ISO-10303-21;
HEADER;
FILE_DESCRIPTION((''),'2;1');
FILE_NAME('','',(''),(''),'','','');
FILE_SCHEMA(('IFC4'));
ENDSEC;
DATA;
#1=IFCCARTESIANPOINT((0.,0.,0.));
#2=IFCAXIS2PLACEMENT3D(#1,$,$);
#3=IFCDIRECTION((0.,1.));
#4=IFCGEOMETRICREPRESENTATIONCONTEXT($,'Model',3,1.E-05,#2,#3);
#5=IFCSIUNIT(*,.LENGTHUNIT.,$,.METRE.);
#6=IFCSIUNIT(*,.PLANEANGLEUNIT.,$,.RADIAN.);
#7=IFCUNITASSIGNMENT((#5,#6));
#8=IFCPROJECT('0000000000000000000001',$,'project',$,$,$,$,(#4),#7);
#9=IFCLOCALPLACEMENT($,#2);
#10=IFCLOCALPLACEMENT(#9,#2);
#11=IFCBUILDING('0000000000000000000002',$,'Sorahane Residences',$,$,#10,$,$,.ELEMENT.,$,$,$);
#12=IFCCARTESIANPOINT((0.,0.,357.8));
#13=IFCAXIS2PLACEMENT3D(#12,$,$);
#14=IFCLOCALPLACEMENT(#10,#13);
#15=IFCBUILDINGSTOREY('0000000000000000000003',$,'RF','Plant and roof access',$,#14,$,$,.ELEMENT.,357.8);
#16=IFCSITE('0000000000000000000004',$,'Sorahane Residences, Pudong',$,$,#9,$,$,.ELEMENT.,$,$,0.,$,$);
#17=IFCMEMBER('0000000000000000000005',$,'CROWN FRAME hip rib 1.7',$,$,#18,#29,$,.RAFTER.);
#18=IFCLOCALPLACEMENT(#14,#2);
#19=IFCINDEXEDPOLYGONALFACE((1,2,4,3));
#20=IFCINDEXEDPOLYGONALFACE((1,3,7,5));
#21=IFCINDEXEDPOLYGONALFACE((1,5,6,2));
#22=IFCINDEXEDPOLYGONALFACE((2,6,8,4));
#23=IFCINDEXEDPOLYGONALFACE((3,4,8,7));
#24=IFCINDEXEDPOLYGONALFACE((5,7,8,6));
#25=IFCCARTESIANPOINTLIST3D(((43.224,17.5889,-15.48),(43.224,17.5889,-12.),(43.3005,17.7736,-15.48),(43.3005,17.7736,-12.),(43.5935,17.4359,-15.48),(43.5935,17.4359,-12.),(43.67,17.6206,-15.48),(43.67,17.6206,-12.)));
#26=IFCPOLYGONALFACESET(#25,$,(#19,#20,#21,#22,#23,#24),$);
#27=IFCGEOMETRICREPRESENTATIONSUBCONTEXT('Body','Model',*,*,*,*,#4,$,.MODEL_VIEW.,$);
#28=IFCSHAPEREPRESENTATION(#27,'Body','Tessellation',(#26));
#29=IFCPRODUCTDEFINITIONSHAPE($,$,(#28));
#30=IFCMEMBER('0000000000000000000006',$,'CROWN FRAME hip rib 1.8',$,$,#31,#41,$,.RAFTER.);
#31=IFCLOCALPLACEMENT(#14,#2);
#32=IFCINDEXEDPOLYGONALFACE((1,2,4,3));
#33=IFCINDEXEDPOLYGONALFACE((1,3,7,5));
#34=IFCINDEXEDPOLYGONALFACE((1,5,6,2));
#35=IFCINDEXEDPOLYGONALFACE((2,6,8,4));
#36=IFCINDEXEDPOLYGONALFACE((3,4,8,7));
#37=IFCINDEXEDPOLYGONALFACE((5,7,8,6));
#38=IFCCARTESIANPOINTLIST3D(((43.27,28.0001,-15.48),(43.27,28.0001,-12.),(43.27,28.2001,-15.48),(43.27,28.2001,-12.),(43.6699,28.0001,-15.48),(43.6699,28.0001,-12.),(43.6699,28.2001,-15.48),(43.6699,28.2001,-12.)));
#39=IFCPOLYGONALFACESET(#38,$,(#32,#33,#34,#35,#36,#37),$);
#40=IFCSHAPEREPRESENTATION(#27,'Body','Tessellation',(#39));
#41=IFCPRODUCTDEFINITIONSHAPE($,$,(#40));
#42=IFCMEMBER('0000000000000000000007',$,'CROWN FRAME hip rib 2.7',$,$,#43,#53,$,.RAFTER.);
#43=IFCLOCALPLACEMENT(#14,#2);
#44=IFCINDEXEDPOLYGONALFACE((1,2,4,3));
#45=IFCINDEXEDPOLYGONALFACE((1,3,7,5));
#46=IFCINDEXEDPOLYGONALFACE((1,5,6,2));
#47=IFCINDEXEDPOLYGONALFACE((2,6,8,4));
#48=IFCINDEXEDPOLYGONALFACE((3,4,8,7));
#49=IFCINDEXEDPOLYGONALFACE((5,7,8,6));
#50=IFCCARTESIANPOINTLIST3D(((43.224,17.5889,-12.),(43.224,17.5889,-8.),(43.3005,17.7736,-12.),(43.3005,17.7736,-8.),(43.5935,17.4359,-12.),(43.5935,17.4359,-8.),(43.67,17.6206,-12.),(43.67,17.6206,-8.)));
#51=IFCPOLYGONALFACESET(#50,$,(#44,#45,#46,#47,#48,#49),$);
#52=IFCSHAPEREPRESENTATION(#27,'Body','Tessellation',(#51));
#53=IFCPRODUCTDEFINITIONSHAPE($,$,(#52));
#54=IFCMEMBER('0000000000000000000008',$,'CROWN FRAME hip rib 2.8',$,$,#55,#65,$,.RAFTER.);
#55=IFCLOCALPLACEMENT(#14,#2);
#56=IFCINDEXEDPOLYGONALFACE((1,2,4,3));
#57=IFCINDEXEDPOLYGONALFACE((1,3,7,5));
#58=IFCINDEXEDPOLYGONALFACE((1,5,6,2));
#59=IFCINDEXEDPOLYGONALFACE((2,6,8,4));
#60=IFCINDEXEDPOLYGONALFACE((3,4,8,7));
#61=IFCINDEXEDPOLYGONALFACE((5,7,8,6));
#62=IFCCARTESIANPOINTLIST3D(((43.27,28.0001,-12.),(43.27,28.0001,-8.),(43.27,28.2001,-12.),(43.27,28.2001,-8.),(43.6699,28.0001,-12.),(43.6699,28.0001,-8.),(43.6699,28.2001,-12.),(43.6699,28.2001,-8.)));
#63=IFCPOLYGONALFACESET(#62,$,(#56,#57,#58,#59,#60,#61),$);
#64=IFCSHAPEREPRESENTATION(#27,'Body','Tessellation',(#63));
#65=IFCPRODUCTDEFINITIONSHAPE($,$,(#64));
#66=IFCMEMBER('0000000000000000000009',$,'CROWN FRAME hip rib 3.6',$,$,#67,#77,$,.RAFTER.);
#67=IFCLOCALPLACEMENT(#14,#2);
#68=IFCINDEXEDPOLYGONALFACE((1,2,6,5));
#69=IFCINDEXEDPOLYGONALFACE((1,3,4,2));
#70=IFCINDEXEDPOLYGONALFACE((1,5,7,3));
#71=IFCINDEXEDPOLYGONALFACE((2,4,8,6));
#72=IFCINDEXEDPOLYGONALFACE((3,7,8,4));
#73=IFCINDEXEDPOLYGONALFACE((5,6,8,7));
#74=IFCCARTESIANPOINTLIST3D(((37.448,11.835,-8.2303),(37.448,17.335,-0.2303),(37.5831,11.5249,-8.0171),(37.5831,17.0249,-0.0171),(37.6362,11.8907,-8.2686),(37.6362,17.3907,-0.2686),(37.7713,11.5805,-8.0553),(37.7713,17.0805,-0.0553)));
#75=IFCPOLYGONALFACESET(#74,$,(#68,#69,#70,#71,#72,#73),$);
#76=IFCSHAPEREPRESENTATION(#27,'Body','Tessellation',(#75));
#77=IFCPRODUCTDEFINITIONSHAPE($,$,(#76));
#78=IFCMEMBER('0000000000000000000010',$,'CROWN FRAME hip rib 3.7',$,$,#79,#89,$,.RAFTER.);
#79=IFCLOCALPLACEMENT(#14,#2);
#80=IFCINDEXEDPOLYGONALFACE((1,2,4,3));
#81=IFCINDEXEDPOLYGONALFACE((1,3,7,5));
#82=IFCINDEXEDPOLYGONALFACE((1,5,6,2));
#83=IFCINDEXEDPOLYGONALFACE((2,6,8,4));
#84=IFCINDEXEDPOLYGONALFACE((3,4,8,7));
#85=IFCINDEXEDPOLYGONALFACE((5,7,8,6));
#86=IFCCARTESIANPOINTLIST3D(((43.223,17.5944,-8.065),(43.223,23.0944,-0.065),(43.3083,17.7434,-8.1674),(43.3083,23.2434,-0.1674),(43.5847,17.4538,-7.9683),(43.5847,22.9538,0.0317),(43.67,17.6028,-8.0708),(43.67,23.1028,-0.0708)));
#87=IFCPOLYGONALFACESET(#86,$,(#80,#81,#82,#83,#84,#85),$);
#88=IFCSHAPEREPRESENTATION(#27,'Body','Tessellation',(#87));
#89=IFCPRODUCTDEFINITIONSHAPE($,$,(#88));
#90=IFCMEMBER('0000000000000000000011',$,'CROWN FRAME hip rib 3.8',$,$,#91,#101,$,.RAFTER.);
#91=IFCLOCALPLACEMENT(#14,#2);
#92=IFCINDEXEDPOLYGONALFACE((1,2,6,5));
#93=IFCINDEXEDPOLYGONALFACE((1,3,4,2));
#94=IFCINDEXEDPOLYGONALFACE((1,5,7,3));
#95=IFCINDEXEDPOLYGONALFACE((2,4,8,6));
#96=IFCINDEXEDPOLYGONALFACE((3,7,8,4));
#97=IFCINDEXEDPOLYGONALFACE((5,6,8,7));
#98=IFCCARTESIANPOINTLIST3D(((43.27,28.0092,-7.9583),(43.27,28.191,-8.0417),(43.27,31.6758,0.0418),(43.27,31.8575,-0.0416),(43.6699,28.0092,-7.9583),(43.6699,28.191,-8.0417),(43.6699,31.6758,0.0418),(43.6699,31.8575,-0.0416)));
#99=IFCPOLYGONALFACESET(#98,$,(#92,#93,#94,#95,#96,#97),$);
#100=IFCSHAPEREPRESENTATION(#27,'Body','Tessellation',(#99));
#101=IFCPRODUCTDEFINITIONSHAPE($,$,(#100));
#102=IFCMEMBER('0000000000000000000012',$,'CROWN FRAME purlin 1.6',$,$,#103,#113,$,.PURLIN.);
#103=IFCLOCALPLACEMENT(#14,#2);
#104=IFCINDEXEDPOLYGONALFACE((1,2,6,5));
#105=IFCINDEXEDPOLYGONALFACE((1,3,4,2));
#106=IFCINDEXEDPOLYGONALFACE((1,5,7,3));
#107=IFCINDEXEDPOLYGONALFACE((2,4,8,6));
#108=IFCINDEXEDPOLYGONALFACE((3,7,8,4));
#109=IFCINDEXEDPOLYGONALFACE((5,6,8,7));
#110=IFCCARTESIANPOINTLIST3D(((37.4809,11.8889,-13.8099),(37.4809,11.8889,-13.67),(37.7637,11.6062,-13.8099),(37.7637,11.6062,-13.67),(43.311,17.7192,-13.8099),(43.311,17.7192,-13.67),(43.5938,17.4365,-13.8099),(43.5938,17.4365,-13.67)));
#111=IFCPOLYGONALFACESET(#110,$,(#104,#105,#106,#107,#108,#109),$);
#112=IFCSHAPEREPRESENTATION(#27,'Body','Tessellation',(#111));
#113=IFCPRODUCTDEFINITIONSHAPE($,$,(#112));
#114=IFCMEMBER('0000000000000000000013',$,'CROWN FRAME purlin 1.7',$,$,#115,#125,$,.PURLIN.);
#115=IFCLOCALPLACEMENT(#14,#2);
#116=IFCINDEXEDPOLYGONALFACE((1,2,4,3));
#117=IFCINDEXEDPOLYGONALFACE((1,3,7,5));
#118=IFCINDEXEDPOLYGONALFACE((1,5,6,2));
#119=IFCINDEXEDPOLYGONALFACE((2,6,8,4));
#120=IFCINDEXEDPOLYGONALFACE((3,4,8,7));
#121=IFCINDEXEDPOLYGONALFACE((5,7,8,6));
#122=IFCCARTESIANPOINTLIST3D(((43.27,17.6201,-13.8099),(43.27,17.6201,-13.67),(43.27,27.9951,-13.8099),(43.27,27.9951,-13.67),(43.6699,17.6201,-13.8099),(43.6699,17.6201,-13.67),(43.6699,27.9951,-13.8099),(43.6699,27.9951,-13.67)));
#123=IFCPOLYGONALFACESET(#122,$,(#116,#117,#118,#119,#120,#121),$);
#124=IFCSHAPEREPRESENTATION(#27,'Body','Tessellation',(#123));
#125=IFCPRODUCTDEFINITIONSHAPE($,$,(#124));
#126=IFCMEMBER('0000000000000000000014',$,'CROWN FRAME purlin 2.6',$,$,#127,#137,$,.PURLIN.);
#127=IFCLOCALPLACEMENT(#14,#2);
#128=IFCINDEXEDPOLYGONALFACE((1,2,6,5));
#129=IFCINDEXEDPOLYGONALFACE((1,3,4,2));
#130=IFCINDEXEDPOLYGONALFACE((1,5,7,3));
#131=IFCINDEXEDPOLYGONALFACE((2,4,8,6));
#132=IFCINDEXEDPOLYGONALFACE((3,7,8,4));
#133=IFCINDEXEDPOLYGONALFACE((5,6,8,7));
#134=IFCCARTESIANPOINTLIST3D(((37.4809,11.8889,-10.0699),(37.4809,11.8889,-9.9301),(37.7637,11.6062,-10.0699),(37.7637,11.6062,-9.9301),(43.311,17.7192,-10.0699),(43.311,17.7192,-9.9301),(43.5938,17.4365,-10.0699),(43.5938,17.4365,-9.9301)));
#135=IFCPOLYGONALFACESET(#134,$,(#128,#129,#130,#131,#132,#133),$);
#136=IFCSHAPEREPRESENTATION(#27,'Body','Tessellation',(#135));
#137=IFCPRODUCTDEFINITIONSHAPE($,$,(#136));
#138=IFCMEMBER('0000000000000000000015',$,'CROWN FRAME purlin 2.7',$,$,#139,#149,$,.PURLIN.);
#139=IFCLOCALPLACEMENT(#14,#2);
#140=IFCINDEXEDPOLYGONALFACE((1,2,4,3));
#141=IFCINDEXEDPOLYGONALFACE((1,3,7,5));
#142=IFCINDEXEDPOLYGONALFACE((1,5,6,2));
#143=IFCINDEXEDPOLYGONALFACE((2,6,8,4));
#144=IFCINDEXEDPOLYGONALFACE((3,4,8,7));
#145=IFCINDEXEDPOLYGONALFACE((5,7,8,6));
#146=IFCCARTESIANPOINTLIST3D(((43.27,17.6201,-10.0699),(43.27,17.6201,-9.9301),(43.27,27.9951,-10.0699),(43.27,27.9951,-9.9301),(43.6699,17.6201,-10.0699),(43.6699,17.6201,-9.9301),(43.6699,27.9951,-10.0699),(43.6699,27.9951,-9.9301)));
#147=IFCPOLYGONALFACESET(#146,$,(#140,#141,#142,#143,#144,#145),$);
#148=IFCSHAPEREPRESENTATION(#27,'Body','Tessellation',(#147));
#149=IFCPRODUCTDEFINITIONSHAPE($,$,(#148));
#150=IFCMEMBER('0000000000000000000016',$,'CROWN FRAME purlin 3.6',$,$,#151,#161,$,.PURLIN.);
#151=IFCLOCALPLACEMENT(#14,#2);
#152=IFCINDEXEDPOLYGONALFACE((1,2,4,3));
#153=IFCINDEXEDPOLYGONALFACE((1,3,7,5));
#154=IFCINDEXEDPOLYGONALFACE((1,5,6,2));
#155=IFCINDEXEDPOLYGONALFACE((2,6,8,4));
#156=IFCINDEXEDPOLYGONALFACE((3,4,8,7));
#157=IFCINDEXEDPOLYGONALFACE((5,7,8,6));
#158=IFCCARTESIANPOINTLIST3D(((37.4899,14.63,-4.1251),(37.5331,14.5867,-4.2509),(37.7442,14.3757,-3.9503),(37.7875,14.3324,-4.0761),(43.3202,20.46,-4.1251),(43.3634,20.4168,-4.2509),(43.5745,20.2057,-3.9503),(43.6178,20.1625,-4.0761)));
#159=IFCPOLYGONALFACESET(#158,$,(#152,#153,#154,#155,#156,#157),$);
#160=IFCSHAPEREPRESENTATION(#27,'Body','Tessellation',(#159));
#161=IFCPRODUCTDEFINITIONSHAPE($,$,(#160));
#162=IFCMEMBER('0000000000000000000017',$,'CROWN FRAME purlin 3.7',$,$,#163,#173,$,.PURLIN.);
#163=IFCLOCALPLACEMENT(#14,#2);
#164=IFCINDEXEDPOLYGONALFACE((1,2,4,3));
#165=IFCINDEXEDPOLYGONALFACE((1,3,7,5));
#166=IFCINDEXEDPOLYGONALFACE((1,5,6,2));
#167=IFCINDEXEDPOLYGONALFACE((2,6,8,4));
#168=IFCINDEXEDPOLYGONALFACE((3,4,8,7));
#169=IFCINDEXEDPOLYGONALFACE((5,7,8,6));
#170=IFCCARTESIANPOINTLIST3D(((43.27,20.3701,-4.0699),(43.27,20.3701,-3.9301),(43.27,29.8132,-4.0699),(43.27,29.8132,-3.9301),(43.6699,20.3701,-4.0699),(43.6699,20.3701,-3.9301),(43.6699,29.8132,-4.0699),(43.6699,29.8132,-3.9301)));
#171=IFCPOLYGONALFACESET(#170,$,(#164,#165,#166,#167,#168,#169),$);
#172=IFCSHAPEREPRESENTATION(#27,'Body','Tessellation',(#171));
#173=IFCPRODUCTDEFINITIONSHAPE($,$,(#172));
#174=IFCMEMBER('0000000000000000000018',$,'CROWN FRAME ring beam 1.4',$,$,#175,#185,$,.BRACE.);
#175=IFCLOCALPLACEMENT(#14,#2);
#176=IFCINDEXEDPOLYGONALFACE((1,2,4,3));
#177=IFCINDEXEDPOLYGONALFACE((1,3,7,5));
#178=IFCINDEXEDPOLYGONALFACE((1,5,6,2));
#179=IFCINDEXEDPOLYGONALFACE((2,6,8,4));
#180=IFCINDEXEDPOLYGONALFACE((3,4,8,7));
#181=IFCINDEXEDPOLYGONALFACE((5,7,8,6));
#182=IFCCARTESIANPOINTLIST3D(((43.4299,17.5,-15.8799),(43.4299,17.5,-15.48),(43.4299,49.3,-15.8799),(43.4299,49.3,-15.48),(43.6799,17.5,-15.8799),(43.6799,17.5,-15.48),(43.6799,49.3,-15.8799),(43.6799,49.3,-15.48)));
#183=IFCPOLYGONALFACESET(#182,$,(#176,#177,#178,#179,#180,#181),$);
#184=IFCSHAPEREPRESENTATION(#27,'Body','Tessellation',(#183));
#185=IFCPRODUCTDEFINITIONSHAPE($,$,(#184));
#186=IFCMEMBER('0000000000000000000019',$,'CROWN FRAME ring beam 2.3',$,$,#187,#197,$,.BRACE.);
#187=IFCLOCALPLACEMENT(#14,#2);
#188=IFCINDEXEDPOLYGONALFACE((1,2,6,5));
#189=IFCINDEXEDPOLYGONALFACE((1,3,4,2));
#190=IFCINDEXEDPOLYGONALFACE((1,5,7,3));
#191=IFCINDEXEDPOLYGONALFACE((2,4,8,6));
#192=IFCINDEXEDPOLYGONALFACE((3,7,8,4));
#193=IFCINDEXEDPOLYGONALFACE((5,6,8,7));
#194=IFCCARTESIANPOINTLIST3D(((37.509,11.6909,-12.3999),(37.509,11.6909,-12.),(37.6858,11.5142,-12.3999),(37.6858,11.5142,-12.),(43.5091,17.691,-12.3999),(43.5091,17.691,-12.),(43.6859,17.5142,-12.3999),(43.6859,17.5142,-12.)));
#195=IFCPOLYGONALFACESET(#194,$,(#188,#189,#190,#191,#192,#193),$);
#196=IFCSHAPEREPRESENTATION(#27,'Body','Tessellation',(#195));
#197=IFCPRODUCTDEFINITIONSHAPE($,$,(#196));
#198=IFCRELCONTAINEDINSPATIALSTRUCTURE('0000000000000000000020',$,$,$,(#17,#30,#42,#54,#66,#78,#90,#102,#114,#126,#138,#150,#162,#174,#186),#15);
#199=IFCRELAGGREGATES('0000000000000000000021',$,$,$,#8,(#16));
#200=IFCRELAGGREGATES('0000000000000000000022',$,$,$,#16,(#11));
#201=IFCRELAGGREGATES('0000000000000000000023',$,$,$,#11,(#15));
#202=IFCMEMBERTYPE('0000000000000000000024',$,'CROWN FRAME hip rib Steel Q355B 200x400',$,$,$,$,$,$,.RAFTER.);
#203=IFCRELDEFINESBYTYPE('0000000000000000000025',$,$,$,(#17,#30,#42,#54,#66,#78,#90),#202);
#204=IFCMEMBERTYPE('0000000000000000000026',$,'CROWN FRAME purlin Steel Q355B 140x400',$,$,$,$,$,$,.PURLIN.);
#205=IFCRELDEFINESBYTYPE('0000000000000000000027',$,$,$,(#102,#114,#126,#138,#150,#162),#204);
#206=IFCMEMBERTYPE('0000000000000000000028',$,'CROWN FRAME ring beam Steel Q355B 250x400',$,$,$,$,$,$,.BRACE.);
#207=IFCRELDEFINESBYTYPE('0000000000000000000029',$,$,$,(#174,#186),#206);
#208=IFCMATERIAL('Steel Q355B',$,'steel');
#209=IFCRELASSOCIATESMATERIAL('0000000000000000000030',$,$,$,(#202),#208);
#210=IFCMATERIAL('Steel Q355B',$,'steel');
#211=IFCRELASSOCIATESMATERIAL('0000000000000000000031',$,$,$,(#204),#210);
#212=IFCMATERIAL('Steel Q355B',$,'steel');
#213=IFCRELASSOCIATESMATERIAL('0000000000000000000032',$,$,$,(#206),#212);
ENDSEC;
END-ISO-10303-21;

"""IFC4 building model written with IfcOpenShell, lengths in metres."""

from ifc_helpers import new_model, si_unit, direction, frame, origin, origin_2d, place, context, subcontext, project, spatial, rectangle, extrude, material, material_profile, profile_set, type_object, element, save


model = new_model("IFC4")

# Units and contexts
model_context = context("Model", 3, precision=1e-05, world=origin(), true_north=direction((0.0, 1.0)))
body_context = subcontext(model_context, "Body", "Model", "MODEL_VIEW")
ifc_project = project(units=[si_unit("LENGTHUNIT", "METRE"), si_unit("PLANEANGLEUNIT", "RADIAN")], contexts=[model_context])

# Site, building, storey
site_placement = place(None, origin())
site = spatial("IfcSite", under=ifc_project, at=site_placement, Name="Sorahane Residences, Pudong", CompositionType="ELEMENT", RefElevation=0.0)
building_placement = place(site_placement, origin())
building = spatial("IfcBuilding", under=site, at=building_placement, Name="Sorahane Residences", CompositionType="ELEMENT")
storey_placement = place(building_placement, frame((0.0, 0.0, 357.8)))
storey = spatial("IfcBuildingStorey", under=building, at=storey_placement, Name="RF", Description="Plant and roof access", CompositionType="ELEMENT", Elevation=357.8)

# Members
ifc_material_1 = material(Name="Steel Q355B", Category="steel")
ifc_material_profile_1 = material_profile(ifc_material_1, rectangle(XDim=0.2, YDim=0.3999, at=origin_2d()), Name="CROWN FRAME hip rib Steel Q355B 200x400")
ifc_profile_set_1 = profile_set([ifc_material_profile_1], Name="Steel Q355B")
member_type_1 = type_object("IfcMemberType", Name="CROWN FRAME hip rib Steel Q355B 200x400", PredefinedType="RAFTER", material=ifc_profile_set_1)
for number, where, z_axis, x_axis, name in (
    (1, (43.447, 17.6047, -15.48), (0.0, 0.0, 1.0), (-0.382683, -0.92388, 0.0), "CROWN FRAME hip rib 1.7"),
    (2, (43.47, 28.1001, -15.48), (0.0, 0.0, 1.0), (0.0, -1.0, 0.0), "CROWN FRAME hip rib 1.8"),
):
    element("IfcMember", number, at=place(storey_placement, frame(where, z_axis=z_axis, x_axis=x_axis)), inside=storey, type_object=member_type_1, Name=name, PredefinedType="RAFTER", context=body_context, shape_type="SweptSolid", body=[
        extrude(rectangle(XDim=0.2, YDim=0.3999, at=origin_2d()), origin(), (0.0, 0.0, 1.0), 3.48),
    ])
for number, where, z_axis, x_axis, name in (
    (3, (43.447, 17.6047, -12.0), (0.0, 0.0, 1.0), (-0.382683, -0.92388, 0.0), "CROWN FRAME hip rib 2.7"),
    (4, (43.47, 28.1001, -12.0), (0.0, 0.0, 1.0), (0.0, -1.0, 0.0), "CROWN FRAME hip rib 2.8"),
):
    element("IfcMember", number, at=place(storey_placement, frame(where, z_axis=z_axis, x_axis=x_axis)), inside=storey, type_object=member_type_1, Name=name, PredefinedType="RAFTER", context=body_context, shape_type="SweptSolid", body=[
        extrude(rectangle(XDim=0.2, YDim=0.3999, at=origin_2d()), origin(), (0.0, 0.0, 1.0), 4.0),
    ])
for number, where, z_axis, x_axis, name in (
    (5, (37.6096, 11.7078, -8.1428), (0.0, 0.566529, 0.824042), (-0.941206, -0.27839, 0.191393), "CROWN FRAME hip rib 3.6"),
    (6, (43.4465, 17.5986, -8.0679), (0.0, 0.566529, 0.824042), (-0.426648, -0.745278, 0.512379), "CROWN FRAME hip rib 3.7"),
):
    element("IfcMember", number, at=place(storey_placement, frame(where, z_axis=z_axis, x_axis=x_axis)), inside=storey, type_object=member_type_1, Name=name, PredefinedType="RAFTER", context=body_context, shape_type="SweptSolid", body=[
        extrude(rectangle(XDim=0.2, YDim=0.3999, at=origin_2d()), origin(), (0.0, 0.0, 1.0), 9.7083),
    ])
member_1_placement = place(storey_placement, frame((43.47, 28.1001, -8.0), z_axis=(0.0, 0.416639, 0.909072), x_axis=(0.0, -0.909072, 0.416639)))
element("IfcMember", 7, at=member_1_placement, inside=storey, type_object=member_type_1, Name="CROWN FRAME hip rib 3.8", PredefinedType="RAFTER", context=body_context, shape_type="SweptSolid", body=[
    extrude(rectangle(XDim=0.2, YDim=0.3999, at=origin_2d()), origin(), (0.0, 0.0, 1.0), 8.8003),
])
ifc_material_2 = material(Name="Steel Q355B", Category="steel")
ifc_material_profile_2 = material_profile(ifc_material_2, rectangle(XDim=0.1399, YDim=0.3999, at=origin_2d()), Name="CROWN FRAME purlin Steel Q355B 140x400")
ifc_profile_set_2 = profile_set([ifc_material_profile_2], Name="Steel Q355B")
member_type_2 = type_object("IfcMemberType", Name="CROWN FRAME purlin Steel Q355B 140x400", PredefinedType="PURLIN", material=ifc_profile_set_2)
member_2_placement = place(storey_placement, frame((37.6223, 11.7476, -13.74), z_axis=(0.707092, 0.707122, 0.0), x_axis=(0.0, 0.0, 1.0)))
element("IfcMember", 8, at=member_2_placement, inside=storey, type_object=member_type_2, Name="CROWN FRAME purlin 1.6", PredefinedType="PURLIN", context=body_context, shape_type="SweptSolid", body=[
    extrude(rectangle(XDim=0.1399, YDim=0.3999, at=origin_2d()), origin(), (0.0, 0.0, 1.0), 8.2451),
])
member_3_placement = place(storey_placement, frame((43.47, 17.6201, -13.74), z_axis=(0.0, 1.0, 0.0), x_axis=(0.0, 0.0, 1.0)))
element("IfcMember", 9, at=member_3_placement, inside=storey, type_object=member_type_2, Name="CROWN FRAME purlin 1.7", PredefinedType="PURLIN", context=body_context, shape_type="SweptSolid", body=[
    extrude(rectangle(XDim=0.1399, YDim=0.3999, at=origin_2d()), origin(), (0.0, 0.0, 1.0), 10.375),
])
member_4_placement = place(storey_placement, frame((37.6223, 11.7476, -10.0), z_axis=(0.707092, 0.707122, 0.0), x_axis=(0.0, 0.0, 1.0)))
element("IfcMember", 10, at=member_4_placement, inside=storey, type_object=member_type_2, Name="CROWN FRAME purlin 2.6", PredefinedType="PURLIN", context=body_context, shape_type="SweptSolid", body=[
    extrude(rectangle(XDim=0.1399, YDim=0.3999, at=origin_2d()), origin(), (0.0, 0.0, 1.0), 8.2451),
])
member_5_placement = place(storey_placement, frame((43.47, 17.6201, -10.0), z_axis=(0.0, 1.0, 0.0), x_axis=(0.0, 0.0, 1.0)))
element("IfcMember", 11, at=member_5_placement, inside=storey, type_object=member_type_2, Name="CROWN FRAME purlin 2.7", PredefinedType="PURLIN", context=body_context, shape_type="SweptSolid", body=[
    extrude(rectangle(XDim=0.1399, YDim=0.3999, at=origin_2d()), origin(), (0.0, 0.0, 1.0), 10.375),
])
member_6_placement = place(storey_placement, frame((37.6387, 14.4812, -4.1006), z_axis=(0.707122, 0.707092, 0.0), x_axis=(-0.309149, 0.309162, 0.899359)))
element("IfcMember", 12, at=member_6_placement, inside=storey, type_object=member_type_2, Name="CROWN FRAME purlin 3.6", PredefinedType="PURLIN", context=body_context, shape_type="SweptSolid", body=[
    extrude(rectangle(XDim=0.1399, YDim=0.3999, at=origin_2d()), origin(), (0.0, 0.0, 1.0), 8.2451),
])
member_7_placement = place(storey_placement, frame((43.47, 20.3701, -4.0), z_axis=(0.0, 1.0, 0.0), x_axis=(0.0, 0.0, 1.0)))
element("IfcMember", 13, at=member_7_placement, inside=storey, type_object=member_type_2, Name="CROWN FRAME purlin 3.7", PredefinedType="PURLIN", context=body_context, shape_type="SweptSolid", body=[
    extrude(rectangle(XDim=0.1399, YDim=0.3999, at=origin_2d()), origin(), (0.0, 0.0, 1.0), 9.4431),
])
ifc_material_3 = material(Name="Steel Q355B", Category="steel")
ifc_material_profile_3 = material_profile(ifc_material_3, rectangle(XDim=0.25, YDim=0.3999, at=origin_2d()), Name="CROWN FRAME ring beam Steel Q355B 250x400")
ifc_profile_set_3 = profile_set([ifc_material_profile_3], Name="Steel Q355B")
member_type_3 = type_object("IfcMemberType", Name="CROWN FRAME ring beam Steel Q355B 250x400", PredefinedType="BRACE", material=ifc_profile_set_3)
member_8_placement = place(storey_placement, frame((43.5549, 17.5, -15.6799), z_axis=(0.0, 1.0, 0.0), x_axis=(-1.0, 0.0, 0.0)))
element("IfcMember", 14, at=member_8_placement, inside=storey, type_object=member_type_3, Name="CROWN FRAME ring beam 1.4", PredefinedType="BRACE", context=body_context, shape_type="SweptSolid", body=[
    extrude(rectangle(XDim=0.25, YDim=0.3999, at=origin_2d()), origin(), (0.0, 0.0, 1.0), 31.8),
])
member_9_placement = place(storey_placement, frame((37.5974, 11.6025, -12.2), z_axis=(0.707107, 0.707107, 0.0), x_axis=(-0.707107, 0.707107, 0.0)))
element("IfcMember", 15, at=member_9_placement, inside=storey, type_object=member_type_3, Name="CROWN FRAME ring beam 2.3", PredefinedType="BRACE", context=body_context, shape_type="SweptSolid", body=[
    extrude(rectangle(XDim=0.25, YDim=0.3999, at=origin_2d()), origin(), (0.0, 0.0, 1.0), 8.4854),
])

save(model, "model.ifc")
